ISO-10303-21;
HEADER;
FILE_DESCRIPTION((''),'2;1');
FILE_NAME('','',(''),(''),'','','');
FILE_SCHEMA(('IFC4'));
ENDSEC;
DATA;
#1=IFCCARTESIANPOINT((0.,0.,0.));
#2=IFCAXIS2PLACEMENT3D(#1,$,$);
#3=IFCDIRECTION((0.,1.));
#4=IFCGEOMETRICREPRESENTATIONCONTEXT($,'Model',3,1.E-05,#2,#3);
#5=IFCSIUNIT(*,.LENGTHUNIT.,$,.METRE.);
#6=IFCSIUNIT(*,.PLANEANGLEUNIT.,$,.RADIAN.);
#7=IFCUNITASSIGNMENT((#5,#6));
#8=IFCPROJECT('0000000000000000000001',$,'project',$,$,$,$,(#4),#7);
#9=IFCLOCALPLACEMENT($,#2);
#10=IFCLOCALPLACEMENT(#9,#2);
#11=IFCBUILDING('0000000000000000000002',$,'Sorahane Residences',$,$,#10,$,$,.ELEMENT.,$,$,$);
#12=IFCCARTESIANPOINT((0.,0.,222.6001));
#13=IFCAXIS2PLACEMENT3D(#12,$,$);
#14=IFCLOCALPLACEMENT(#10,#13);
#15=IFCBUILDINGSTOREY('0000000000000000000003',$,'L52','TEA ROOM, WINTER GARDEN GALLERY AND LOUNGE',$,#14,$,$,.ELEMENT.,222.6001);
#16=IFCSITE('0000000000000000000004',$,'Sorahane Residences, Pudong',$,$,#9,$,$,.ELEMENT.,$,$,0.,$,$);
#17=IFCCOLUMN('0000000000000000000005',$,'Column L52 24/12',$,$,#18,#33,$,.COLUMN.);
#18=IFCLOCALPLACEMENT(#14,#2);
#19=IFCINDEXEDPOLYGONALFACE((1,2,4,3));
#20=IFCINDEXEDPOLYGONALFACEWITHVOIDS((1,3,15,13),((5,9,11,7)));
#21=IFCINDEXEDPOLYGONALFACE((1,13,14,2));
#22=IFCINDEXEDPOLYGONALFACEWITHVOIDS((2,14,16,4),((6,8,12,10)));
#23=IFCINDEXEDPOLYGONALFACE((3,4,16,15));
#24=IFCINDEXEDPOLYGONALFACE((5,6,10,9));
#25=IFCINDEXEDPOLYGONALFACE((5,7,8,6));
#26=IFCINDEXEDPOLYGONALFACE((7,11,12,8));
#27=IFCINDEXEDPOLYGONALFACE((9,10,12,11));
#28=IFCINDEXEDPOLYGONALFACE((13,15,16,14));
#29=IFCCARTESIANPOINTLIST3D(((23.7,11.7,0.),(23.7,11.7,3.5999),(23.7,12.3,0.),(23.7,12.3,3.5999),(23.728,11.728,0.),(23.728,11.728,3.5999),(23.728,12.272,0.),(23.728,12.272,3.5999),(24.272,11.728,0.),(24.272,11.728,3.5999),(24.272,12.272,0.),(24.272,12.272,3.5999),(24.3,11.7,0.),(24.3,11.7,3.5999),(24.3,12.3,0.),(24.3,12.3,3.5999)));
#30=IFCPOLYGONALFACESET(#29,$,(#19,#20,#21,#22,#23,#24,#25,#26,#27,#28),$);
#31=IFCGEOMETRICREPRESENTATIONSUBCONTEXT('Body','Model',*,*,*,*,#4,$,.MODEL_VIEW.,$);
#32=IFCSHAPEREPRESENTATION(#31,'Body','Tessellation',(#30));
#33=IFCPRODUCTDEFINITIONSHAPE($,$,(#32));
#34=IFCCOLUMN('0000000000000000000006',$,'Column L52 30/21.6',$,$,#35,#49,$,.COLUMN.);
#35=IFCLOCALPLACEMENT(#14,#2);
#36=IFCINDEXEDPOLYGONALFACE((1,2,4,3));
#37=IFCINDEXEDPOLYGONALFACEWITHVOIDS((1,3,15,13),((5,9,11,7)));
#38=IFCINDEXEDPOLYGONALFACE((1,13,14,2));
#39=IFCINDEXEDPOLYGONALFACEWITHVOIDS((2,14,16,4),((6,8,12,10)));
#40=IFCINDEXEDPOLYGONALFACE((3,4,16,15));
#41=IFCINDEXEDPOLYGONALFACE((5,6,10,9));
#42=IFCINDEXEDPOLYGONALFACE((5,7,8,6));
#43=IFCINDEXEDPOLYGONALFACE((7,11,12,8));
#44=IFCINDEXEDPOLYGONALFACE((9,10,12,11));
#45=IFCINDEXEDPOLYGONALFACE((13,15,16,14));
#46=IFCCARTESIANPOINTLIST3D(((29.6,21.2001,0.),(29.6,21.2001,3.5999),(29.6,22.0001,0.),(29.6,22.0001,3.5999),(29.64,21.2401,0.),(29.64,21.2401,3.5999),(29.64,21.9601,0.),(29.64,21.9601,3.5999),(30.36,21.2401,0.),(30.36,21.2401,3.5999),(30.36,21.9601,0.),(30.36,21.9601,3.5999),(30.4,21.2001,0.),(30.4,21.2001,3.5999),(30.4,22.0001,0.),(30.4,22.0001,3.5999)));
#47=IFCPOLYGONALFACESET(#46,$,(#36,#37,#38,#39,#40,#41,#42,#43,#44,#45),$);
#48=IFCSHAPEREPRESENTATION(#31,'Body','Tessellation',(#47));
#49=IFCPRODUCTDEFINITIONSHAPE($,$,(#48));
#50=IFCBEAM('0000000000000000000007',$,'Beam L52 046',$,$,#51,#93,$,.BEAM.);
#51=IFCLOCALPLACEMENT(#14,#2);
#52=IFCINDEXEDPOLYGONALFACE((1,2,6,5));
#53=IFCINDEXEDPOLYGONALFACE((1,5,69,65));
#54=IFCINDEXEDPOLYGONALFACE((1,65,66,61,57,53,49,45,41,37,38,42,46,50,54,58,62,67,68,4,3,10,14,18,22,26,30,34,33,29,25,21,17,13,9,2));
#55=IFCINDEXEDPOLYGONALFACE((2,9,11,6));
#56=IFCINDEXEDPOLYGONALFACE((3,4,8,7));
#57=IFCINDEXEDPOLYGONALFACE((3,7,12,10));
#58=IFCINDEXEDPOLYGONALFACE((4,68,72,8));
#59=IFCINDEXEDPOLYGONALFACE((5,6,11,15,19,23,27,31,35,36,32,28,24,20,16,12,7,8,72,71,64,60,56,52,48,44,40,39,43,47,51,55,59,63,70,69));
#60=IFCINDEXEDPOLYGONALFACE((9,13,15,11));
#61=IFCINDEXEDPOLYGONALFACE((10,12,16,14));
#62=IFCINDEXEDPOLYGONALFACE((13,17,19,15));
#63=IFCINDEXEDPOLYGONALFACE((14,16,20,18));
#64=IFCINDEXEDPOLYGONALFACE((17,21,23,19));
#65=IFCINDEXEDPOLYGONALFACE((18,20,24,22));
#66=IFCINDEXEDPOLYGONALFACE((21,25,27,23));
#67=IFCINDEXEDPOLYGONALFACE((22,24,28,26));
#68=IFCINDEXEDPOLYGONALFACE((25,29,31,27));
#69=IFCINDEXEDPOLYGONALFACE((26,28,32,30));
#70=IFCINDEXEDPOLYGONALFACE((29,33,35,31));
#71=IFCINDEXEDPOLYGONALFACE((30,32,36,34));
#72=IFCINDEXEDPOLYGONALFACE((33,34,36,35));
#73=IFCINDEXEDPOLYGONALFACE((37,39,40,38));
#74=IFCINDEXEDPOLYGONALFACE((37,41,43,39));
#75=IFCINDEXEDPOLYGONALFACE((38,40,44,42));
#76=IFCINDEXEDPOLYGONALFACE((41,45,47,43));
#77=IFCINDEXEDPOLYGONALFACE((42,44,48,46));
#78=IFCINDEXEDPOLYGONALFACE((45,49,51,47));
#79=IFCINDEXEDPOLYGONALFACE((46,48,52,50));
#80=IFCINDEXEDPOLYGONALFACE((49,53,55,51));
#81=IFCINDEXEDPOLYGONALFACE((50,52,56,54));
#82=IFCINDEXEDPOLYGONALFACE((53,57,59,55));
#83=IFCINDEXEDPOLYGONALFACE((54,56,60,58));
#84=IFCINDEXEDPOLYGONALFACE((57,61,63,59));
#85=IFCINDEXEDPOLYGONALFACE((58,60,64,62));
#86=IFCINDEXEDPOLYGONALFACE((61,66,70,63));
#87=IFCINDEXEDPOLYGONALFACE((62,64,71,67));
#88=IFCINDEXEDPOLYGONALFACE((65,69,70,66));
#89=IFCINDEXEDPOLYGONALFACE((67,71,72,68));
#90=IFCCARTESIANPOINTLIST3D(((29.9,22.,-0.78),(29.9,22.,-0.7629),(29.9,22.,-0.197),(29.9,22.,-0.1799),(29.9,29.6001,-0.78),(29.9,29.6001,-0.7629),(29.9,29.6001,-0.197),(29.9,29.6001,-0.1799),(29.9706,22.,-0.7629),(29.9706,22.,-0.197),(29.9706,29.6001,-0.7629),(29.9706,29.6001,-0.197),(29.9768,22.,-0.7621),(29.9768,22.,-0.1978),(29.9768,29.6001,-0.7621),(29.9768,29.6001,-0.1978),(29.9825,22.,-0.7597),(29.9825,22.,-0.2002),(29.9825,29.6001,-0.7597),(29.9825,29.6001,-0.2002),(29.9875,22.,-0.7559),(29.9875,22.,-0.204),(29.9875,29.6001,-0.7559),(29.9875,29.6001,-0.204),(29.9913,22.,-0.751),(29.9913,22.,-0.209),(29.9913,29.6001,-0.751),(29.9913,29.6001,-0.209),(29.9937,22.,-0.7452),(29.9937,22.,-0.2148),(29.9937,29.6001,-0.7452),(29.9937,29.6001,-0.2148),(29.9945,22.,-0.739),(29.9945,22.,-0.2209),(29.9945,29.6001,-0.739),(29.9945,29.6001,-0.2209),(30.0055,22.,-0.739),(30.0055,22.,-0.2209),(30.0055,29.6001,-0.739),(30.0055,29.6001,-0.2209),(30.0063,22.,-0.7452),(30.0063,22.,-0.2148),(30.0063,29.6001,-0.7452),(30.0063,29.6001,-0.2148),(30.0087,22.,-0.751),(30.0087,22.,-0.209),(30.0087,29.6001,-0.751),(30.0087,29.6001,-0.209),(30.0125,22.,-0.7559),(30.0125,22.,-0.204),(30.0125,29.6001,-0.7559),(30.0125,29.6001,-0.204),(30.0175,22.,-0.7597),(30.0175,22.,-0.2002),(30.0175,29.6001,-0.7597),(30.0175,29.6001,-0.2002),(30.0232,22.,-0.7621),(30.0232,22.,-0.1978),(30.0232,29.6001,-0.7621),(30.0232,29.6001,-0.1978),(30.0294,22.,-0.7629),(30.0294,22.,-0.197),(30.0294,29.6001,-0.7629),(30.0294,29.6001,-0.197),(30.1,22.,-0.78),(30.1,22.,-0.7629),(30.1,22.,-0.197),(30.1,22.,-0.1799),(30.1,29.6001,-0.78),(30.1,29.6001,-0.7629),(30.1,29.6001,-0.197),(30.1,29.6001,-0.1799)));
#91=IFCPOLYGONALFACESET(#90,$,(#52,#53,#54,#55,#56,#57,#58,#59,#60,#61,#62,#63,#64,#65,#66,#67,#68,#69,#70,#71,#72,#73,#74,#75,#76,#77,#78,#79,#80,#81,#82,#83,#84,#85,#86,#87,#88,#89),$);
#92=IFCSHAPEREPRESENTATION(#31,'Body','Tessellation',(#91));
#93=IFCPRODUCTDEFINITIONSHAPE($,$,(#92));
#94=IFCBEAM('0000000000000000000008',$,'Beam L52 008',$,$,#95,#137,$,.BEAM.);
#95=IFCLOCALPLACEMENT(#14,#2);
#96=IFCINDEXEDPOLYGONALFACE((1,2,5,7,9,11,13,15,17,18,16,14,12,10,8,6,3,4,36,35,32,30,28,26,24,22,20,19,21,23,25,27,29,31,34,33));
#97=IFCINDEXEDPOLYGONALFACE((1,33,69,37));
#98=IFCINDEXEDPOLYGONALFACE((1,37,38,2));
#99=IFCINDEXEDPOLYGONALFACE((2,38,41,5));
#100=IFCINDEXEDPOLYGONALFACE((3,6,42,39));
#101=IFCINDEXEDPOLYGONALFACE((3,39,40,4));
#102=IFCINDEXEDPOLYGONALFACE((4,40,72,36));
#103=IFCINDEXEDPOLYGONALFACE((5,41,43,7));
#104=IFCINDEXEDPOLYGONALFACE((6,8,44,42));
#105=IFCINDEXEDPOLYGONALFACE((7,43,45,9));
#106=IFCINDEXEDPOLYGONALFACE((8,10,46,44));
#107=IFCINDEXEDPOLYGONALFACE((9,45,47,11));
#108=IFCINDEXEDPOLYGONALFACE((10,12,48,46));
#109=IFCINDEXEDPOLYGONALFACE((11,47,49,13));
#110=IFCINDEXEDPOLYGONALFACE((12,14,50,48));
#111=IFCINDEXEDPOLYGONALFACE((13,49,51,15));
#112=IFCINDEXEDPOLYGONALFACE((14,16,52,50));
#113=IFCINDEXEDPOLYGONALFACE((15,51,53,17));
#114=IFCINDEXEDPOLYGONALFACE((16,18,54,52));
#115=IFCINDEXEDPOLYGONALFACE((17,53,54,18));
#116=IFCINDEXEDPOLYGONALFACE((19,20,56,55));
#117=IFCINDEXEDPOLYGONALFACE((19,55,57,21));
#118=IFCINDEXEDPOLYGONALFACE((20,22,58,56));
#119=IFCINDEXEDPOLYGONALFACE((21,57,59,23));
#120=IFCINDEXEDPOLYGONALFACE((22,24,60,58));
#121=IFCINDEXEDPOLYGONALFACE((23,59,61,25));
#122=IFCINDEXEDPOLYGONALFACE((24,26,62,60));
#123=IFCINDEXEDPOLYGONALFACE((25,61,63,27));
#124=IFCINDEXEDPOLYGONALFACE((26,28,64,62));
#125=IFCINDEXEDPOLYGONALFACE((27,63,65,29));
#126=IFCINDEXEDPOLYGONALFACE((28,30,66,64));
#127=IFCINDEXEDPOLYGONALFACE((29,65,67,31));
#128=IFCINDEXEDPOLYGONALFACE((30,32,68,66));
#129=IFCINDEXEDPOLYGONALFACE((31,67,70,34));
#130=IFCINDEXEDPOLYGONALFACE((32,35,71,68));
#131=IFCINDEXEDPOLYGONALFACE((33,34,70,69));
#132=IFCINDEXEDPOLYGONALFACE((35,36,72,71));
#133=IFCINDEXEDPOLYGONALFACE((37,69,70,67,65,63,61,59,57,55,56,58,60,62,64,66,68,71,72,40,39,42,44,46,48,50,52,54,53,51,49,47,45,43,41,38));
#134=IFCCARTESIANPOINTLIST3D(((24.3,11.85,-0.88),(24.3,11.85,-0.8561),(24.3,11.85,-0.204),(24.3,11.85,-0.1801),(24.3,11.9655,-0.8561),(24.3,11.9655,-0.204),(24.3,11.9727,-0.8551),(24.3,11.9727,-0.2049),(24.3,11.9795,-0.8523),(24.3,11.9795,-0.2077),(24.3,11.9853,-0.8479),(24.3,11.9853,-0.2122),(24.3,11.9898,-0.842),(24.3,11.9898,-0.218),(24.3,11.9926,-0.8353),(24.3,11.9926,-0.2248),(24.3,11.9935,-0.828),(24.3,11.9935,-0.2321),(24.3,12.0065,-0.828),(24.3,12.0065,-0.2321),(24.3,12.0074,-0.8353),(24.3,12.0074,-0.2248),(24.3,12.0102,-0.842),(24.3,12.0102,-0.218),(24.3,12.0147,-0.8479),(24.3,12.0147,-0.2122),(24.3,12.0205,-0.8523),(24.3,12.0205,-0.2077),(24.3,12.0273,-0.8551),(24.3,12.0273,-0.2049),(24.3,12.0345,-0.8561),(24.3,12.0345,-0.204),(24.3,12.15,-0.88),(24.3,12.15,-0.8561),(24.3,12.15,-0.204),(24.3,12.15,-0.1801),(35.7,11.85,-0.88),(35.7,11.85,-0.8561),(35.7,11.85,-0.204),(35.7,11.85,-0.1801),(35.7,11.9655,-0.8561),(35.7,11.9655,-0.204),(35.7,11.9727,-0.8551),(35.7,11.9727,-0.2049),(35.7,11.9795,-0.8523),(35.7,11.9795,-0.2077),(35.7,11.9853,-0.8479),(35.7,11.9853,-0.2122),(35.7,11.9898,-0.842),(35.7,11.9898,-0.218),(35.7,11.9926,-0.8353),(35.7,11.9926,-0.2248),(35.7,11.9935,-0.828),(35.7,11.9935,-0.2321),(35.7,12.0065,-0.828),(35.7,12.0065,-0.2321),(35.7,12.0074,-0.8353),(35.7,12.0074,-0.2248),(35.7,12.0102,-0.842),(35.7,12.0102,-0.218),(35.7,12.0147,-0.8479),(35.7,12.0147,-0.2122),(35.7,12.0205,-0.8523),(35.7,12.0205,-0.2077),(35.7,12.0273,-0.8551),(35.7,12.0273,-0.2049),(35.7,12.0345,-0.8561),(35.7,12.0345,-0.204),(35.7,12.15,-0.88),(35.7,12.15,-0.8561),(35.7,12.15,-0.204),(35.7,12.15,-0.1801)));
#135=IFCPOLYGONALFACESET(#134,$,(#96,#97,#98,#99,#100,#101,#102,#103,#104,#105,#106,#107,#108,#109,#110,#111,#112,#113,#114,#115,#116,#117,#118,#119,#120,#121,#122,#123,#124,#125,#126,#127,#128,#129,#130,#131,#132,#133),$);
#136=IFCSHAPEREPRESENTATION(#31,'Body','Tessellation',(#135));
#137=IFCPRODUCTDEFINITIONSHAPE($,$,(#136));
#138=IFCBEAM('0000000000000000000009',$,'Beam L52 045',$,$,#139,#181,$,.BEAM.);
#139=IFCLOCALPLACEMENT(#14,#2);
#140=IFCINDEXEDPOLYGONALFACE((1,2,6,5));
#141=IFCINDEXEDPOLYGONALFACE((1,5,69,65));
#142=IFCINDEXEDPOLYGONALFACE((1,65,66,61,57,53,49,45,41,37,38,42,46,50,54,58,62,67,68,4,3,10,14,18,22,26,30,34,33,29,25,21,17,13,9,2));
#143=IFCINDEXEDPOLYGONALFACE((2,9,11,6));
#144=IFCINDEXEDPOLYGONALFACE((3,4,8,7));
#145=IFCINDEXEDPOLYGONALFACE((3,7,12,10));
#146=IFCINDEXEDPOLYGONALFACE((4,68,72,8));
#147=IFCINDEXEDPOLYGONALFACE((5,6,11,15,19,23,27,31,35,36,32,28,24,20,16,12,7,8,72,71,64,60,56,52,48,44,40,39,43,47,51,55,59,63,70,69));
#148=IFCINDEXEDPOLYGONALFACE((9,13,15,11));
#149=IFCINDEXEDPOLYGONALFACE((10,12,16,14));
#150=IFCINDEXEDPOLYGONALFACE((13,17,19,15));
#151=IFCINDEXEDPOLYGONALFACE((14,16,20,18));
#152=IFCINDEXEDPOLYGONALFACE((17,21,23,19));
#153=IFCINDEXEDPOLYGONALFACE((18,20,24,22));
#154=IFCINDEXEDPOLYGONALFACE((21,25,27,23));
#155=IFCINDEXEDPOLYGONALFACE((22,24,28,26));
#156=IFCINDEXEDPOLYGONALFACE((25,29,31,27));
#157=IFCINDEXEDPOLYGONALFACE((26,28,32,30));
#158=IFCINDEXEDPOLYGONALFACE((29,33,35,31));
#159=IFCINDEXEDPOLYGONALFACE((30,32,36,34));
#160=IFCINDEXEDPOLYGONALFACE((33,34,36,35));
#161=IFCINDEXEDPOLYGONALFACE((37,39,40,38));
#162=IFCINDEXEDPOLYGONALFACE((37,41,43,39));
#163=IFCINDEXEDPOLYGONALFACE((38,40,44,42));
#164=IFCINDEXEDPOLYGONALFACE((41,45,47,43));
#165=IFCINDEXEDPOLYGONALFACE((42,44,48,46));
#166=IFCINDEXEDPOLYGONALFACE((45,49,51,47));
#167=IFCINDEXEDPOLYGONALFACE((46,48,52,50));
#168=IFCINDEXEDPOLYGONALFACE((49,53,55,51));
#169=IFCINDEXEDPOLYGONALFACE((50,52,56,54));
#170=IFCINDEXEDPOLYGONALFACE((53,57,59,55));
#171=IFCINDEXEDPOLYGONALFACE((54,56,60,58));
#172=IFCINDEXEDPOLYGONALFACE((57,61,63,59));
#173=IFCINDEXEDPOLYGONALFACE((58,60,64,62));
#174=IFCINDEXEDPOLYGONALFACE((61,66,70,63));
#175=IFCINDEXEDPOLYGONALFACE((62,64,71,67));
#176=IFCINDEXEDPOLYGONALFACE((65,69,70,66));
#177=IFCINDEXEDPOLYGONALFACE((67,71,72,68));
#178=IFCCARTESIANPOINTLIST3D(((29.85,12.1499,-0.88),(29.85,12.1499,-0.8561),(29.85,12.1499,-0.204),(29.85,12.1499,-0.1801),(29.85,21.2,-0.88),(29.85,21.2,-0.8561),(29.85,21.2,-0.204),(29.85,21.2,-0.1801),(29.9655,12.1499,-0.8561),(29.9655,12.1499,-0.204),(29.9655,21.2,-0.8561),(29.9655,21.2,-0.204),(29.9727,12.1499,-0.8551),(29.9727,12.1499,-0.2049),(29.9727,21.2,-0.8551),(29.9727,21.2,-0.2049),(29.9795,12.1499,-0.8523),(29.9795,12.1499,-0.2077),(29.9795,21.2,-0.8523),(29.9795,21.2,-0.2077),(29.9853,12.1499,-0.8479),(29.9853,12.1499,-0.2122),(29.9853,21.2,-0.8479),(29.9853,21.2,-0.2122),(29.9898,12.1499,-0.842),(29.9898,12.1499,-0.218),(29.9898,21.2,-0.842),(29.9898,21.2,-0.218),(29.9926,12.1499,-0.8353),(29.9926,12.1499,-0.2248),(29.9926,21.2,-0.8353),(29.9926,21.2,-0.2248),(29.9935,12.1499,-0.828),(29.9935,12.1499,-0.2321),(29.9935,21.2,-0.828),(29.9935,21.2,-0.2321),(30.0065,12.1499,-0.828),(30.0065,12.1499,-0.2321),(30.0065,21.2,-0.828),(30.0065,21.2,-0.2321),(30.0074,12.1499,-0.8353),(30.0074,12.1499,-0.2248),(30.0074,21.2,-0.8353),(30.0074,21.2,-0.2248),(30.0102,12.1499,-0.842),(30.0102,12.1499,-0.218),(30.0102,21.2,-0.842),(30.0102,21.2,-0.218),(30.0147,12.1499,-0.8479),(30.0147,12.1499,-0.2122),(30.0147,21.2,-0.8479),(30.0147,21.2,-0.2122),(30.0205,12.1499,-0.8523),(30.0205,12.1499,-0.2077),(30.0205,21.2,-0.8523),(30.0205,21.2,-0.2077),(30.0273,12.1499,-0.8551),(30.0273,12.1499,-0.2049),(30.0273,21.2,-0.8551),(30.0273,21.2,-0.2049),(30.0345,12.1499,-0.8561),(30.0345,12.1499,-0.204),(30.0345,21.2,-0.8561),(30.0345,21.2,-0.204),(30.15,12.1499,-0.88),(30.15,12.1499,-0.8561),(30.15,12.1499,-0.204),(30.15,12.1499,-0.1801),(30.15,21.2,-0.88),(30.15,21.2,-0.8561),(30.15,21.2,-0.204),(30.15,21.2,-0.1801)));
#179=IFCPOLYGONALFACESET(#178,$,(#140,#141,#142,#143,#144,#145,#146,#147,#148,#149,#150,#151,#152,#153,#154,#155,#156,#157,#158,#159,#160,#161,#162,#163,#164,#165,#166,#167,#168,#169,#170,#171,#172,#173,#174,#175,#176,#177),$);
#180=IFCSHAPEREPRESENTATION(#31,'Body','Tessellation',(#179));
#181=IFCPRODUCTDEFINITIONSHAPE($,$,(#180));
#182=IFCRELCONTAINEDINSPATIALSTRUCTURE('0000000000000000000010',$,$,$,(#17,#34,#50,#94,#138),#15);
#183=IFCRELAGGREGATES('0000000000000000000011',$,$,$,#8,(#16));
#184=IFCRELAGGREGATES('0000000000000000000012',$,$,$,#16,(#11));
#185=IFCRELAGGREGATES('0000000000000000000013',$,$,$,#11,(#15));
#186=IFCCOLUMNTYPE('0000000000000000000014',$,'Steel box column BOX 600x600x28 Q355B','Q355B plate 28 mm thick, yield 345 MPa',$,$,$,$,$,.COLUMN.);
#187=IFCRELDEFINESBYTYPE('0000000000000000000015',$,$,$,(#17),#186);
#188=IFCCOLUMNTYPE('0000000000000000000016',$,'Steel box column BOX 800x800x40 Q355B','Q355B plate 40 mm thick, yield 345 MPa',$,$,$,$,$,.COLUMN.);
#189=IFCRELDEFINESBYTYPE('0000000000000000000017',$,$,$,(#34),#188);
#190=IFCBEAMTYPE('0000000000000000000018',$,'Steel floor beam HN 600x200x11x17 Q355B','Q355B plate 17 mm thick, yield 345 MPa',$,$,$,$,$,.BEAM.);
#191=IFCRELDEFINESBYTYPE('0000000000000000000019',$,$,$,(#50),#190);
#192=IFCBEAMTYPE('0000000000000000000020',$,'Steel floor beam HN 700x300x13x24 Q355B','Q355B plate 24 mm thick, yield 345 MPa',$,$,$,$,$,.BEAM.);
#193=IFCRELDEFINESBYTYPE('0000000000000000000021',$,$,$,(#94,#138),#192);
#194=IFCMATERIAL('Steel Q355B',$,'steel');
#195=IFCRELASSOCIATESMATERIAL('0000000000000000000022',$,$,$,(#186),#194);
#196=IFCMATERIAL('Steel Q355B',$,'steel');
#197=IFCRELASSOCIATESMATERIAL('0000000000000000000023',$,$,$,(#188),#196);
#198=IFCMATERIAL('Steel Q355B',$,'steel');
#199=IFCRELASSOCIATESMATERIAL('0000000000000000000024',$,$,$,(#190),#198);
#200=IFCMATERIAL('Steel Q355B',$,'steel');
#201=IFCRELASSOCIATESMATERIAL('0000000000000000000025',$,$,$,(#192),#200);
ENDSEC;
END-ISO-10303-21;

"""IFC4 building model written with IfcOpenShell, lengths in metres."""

from ifc_helpers import new_model, si_unit, direction, frame, origin, origin_2d, place, context, subcontext, project, spatial, hollow_rectangle, i_section, extrude, material, material_profile, profile_set, type_object, element, save


model = new_model("IFC4")

# Units and contexts
model_context = context("Model", 3, precision=1e-05, world=origin(), true_north=direction((0.0, 1.0)))
body_context = subcontext(model_context, "Body", "Model", "MODEL_VIEW")
ifc_project = project(units=[si_unit("LENGTHUNIT", "METRE"), si_unit("PLANEANGLEUNIT", "RADIAN")], contexts=[model_context])

# Site, building, storey
site_placement = place(None, origin())
site = spatial("IfcSite", under=ifc_project, at=site_placement, Name="Sorahane Residences, Pudong", CompositionType="ELEMENT", RefElevation=0.0)
building_placement = place(site_placement, origin())
building = spatial("IfcBuilding", under=site, at=building_placement, Name="Sorahane Residences", CompositionType="ELEMENT")
storey_placement = place(building_placement, frame((0.0, 0.0, 222.6001)))
storey = spatial("IfcBuildingStorey", under=building, at=storey_placement, Name="L52", Description="TEA ROOM, WINTER GARDEN GALLERY AND LOUNGE", CompositionType="ELEMENT", Elevation=222.6001)

# Columns
ifc_material_1 = material(Name="Steel Q355B", Category="steel")
ifc_material_profile_1 = material_profile(ifc_material_1, hollow_rectangle(XDim=0.6001, YDim=0.6001, WallThickness=0.0281, at=origin_2d()), Name="BOX 600x600x28")
ifc_profile_set_1 = profile_set([ifc_material_profile_1], Name="Steel Q355B")
column_type_1 = type_object("IfcColumnType", Name="Steel box column BOX 600x600x28 Q355B", Description="Q355B plate 28 mm thick, yield 345 MPa", PredefinedType="COLUMN", material=ifc_profile_set_1)
column_1_placement = place(storey_placement, frame((24.0, 12.0, 0.0), z_axis=(0.0, 0.0, 1.0), x_axis=(1.0, 0.0, 0.0)))
element("IfcColumn", 1, at=column_1_placement, inside=storey, type_object=column_type_1, Name="Column L52 24/12", PredefinedType="COLUMN", context=body_context, shape_type="SweptSolid", body=[
    extrude(hollow_rectangle(XDim=0.6001, YDim=0.6001, WallThickness=0.0281, at=origin_2d()), origin(), (0.0, 0.0, 1.0), 3.5999),
])
ifc_material_2 = material(Name="Steel Q355B", Category="steel")
ifc_material_profile_2 = material_profile(ifc_material_2, hollow_rectangle(XDim=0.8, YDim=0.8, WallThickness=0.04, at=origin_2d()), Name="BOX 800x800x40")
ifc_profile_set_2 = profile_set([ifc_material_profile_2], Name="Steel Q355B")
column_type_2 = type_object("IfcColumnType", Name="Steel box column BOX 800x800x40 Q355B", Description="Q355B plate 40 mm thick, yield 345 MPa", PredefinedType="COLUMN", material=ifc_profile_set_2)
column_2_placement = place(storey_placement, frame((30.0, 21.6001, 0.0), z_axis=(0.0, 0.0, 1.0), x_axis=(1.0, 0.0, 0.0)))
element("IfcColumn", 2, at=column_2_placement, inside=storey, type_object=column_type_2, Name="Column L52 30/21.6", PredefinedType="COLUMN", context=body_context, shape_type="SweptSolid", body=[
    extrude(hollow_rectangle(XDim=0.8, YDim=0.8, WallThickness=0.04, at=origin_2d()), origin(), (0.0, 0.0, 1.0), 3.5999),
])

# Beams
ifc_material_3 = material(Name="Steel Q355B", Category="steel")
ifc_material_profile_3 = material_profile(ifc_material_3, i_section(OverallWidth=0.2, OverallDepth=0.6001, WebThickness=0.011, FlangeThickness=0.0171, FilletRadius=0.0239, at=origin_2d()), Name="HN 600x200x11x17")
ifc_profile_set_3 = profile_set([ifc_material_profile_3], Name="Steel Q355B")
beam_type_1 = type_object("IfcBeamType", Name="Steel floor beam HN 600x200x11x17 Q355B", Description="Q355B plate 17 mm thick, yield 345 MPa", PredefinedType="BEAM", material=ifc_profile_set_3)
beam_1_placement = place(storey_placement, frame((30.0, 22.0, -0.48), z_axis=(0.0, 1.0, 0.0), x_axis=(-1.0, 0.0, 0.0)))
element("IfcBeam", 3, at=beam_1_placement, inside=storey, type_object=beam_type_1, Name="Beam L52 046", PredefinedType="BEAM", context=body_context, shape_type="SweptSolid", body=[
    extrude(i_section(OverallWidth=0.2, OverallDepth=0.6001, WebThickness=0.011, FlangeThickness=0.0171, FilletRadius=0.0239, at=origin_2d()), origin(), (0.0, 0.0, 1.0), 7.6001),
])
ifc_material_4 = material(Name="Steel Q355B", Category="steel")
ifc_material_profile_4 = material_profile(ifc_material_4, i_section(OverallWidth=0.3, OverallDepth=0.7, WebThickness=0.0129, FlangeThickness=0.0239, FilletRadius=0.0281, at=origin_2d()), Name="HN 700x300x13x24")
ifc_profile_set_4 = profile_set([ifc_material_profile_4], Name="Steel Q355B")
beam_type_2 = type_object("IfcBeamType", Name="Steel floor beam HN 700x300x13x24 Q355B", Description="Q355B plate 24 mm thick, yield 345 MPa", PredefinedType="BEAM", material=ifc_profile_set_4)
beam_2_placement = place(storey_placement, frame((24.3, 12.0, -0.53), z_axis=(1.0, 0.0, 0.0), x_axis=(0.0, 1.0, 0.0)))
element("IfcBeam", 4, at=beam_2_placement, inside=storey, type_object=beam_type_2, Name="Beam L52 008", PredefinedType="BEAM", context=body_context, shape_type="SweptSolid", body=[
    extrude(i_section(OverallWidth=0.3, OverallDepth=0.7, WebThickness=0.0129, FlangeThickness=0.0239, FilletRadius=0.0281, at=origin_2d()), origin(), (0.0, 0.0, 1.0), 11.3999),
])
beam_3_placement = place(storey_placement, frame((30.0, 12.1499, -0.53), z_axis=(0.0, 1.0, 0.0), x_axis=(-1.0, 0.0, 0.0)))
element("IfcBeam", 5, at=beam_3_placement, inside=storey, type_object=beam_type_2, Name="Beam L52 045", PredefinedType="BEAM", context=body_context, shape_type="SweptSolid", body=[
    extrude(i_section(OverallWidth=0.3, OverallDepth=0.7, WebThickness=0.0129, FlangeThickness=0.0239, FilletRadius=0.0281, at=origin_2d()), origin(), (0.0, 0.0, 1.0), 9.05),
])

save(model, "model.ifc")
